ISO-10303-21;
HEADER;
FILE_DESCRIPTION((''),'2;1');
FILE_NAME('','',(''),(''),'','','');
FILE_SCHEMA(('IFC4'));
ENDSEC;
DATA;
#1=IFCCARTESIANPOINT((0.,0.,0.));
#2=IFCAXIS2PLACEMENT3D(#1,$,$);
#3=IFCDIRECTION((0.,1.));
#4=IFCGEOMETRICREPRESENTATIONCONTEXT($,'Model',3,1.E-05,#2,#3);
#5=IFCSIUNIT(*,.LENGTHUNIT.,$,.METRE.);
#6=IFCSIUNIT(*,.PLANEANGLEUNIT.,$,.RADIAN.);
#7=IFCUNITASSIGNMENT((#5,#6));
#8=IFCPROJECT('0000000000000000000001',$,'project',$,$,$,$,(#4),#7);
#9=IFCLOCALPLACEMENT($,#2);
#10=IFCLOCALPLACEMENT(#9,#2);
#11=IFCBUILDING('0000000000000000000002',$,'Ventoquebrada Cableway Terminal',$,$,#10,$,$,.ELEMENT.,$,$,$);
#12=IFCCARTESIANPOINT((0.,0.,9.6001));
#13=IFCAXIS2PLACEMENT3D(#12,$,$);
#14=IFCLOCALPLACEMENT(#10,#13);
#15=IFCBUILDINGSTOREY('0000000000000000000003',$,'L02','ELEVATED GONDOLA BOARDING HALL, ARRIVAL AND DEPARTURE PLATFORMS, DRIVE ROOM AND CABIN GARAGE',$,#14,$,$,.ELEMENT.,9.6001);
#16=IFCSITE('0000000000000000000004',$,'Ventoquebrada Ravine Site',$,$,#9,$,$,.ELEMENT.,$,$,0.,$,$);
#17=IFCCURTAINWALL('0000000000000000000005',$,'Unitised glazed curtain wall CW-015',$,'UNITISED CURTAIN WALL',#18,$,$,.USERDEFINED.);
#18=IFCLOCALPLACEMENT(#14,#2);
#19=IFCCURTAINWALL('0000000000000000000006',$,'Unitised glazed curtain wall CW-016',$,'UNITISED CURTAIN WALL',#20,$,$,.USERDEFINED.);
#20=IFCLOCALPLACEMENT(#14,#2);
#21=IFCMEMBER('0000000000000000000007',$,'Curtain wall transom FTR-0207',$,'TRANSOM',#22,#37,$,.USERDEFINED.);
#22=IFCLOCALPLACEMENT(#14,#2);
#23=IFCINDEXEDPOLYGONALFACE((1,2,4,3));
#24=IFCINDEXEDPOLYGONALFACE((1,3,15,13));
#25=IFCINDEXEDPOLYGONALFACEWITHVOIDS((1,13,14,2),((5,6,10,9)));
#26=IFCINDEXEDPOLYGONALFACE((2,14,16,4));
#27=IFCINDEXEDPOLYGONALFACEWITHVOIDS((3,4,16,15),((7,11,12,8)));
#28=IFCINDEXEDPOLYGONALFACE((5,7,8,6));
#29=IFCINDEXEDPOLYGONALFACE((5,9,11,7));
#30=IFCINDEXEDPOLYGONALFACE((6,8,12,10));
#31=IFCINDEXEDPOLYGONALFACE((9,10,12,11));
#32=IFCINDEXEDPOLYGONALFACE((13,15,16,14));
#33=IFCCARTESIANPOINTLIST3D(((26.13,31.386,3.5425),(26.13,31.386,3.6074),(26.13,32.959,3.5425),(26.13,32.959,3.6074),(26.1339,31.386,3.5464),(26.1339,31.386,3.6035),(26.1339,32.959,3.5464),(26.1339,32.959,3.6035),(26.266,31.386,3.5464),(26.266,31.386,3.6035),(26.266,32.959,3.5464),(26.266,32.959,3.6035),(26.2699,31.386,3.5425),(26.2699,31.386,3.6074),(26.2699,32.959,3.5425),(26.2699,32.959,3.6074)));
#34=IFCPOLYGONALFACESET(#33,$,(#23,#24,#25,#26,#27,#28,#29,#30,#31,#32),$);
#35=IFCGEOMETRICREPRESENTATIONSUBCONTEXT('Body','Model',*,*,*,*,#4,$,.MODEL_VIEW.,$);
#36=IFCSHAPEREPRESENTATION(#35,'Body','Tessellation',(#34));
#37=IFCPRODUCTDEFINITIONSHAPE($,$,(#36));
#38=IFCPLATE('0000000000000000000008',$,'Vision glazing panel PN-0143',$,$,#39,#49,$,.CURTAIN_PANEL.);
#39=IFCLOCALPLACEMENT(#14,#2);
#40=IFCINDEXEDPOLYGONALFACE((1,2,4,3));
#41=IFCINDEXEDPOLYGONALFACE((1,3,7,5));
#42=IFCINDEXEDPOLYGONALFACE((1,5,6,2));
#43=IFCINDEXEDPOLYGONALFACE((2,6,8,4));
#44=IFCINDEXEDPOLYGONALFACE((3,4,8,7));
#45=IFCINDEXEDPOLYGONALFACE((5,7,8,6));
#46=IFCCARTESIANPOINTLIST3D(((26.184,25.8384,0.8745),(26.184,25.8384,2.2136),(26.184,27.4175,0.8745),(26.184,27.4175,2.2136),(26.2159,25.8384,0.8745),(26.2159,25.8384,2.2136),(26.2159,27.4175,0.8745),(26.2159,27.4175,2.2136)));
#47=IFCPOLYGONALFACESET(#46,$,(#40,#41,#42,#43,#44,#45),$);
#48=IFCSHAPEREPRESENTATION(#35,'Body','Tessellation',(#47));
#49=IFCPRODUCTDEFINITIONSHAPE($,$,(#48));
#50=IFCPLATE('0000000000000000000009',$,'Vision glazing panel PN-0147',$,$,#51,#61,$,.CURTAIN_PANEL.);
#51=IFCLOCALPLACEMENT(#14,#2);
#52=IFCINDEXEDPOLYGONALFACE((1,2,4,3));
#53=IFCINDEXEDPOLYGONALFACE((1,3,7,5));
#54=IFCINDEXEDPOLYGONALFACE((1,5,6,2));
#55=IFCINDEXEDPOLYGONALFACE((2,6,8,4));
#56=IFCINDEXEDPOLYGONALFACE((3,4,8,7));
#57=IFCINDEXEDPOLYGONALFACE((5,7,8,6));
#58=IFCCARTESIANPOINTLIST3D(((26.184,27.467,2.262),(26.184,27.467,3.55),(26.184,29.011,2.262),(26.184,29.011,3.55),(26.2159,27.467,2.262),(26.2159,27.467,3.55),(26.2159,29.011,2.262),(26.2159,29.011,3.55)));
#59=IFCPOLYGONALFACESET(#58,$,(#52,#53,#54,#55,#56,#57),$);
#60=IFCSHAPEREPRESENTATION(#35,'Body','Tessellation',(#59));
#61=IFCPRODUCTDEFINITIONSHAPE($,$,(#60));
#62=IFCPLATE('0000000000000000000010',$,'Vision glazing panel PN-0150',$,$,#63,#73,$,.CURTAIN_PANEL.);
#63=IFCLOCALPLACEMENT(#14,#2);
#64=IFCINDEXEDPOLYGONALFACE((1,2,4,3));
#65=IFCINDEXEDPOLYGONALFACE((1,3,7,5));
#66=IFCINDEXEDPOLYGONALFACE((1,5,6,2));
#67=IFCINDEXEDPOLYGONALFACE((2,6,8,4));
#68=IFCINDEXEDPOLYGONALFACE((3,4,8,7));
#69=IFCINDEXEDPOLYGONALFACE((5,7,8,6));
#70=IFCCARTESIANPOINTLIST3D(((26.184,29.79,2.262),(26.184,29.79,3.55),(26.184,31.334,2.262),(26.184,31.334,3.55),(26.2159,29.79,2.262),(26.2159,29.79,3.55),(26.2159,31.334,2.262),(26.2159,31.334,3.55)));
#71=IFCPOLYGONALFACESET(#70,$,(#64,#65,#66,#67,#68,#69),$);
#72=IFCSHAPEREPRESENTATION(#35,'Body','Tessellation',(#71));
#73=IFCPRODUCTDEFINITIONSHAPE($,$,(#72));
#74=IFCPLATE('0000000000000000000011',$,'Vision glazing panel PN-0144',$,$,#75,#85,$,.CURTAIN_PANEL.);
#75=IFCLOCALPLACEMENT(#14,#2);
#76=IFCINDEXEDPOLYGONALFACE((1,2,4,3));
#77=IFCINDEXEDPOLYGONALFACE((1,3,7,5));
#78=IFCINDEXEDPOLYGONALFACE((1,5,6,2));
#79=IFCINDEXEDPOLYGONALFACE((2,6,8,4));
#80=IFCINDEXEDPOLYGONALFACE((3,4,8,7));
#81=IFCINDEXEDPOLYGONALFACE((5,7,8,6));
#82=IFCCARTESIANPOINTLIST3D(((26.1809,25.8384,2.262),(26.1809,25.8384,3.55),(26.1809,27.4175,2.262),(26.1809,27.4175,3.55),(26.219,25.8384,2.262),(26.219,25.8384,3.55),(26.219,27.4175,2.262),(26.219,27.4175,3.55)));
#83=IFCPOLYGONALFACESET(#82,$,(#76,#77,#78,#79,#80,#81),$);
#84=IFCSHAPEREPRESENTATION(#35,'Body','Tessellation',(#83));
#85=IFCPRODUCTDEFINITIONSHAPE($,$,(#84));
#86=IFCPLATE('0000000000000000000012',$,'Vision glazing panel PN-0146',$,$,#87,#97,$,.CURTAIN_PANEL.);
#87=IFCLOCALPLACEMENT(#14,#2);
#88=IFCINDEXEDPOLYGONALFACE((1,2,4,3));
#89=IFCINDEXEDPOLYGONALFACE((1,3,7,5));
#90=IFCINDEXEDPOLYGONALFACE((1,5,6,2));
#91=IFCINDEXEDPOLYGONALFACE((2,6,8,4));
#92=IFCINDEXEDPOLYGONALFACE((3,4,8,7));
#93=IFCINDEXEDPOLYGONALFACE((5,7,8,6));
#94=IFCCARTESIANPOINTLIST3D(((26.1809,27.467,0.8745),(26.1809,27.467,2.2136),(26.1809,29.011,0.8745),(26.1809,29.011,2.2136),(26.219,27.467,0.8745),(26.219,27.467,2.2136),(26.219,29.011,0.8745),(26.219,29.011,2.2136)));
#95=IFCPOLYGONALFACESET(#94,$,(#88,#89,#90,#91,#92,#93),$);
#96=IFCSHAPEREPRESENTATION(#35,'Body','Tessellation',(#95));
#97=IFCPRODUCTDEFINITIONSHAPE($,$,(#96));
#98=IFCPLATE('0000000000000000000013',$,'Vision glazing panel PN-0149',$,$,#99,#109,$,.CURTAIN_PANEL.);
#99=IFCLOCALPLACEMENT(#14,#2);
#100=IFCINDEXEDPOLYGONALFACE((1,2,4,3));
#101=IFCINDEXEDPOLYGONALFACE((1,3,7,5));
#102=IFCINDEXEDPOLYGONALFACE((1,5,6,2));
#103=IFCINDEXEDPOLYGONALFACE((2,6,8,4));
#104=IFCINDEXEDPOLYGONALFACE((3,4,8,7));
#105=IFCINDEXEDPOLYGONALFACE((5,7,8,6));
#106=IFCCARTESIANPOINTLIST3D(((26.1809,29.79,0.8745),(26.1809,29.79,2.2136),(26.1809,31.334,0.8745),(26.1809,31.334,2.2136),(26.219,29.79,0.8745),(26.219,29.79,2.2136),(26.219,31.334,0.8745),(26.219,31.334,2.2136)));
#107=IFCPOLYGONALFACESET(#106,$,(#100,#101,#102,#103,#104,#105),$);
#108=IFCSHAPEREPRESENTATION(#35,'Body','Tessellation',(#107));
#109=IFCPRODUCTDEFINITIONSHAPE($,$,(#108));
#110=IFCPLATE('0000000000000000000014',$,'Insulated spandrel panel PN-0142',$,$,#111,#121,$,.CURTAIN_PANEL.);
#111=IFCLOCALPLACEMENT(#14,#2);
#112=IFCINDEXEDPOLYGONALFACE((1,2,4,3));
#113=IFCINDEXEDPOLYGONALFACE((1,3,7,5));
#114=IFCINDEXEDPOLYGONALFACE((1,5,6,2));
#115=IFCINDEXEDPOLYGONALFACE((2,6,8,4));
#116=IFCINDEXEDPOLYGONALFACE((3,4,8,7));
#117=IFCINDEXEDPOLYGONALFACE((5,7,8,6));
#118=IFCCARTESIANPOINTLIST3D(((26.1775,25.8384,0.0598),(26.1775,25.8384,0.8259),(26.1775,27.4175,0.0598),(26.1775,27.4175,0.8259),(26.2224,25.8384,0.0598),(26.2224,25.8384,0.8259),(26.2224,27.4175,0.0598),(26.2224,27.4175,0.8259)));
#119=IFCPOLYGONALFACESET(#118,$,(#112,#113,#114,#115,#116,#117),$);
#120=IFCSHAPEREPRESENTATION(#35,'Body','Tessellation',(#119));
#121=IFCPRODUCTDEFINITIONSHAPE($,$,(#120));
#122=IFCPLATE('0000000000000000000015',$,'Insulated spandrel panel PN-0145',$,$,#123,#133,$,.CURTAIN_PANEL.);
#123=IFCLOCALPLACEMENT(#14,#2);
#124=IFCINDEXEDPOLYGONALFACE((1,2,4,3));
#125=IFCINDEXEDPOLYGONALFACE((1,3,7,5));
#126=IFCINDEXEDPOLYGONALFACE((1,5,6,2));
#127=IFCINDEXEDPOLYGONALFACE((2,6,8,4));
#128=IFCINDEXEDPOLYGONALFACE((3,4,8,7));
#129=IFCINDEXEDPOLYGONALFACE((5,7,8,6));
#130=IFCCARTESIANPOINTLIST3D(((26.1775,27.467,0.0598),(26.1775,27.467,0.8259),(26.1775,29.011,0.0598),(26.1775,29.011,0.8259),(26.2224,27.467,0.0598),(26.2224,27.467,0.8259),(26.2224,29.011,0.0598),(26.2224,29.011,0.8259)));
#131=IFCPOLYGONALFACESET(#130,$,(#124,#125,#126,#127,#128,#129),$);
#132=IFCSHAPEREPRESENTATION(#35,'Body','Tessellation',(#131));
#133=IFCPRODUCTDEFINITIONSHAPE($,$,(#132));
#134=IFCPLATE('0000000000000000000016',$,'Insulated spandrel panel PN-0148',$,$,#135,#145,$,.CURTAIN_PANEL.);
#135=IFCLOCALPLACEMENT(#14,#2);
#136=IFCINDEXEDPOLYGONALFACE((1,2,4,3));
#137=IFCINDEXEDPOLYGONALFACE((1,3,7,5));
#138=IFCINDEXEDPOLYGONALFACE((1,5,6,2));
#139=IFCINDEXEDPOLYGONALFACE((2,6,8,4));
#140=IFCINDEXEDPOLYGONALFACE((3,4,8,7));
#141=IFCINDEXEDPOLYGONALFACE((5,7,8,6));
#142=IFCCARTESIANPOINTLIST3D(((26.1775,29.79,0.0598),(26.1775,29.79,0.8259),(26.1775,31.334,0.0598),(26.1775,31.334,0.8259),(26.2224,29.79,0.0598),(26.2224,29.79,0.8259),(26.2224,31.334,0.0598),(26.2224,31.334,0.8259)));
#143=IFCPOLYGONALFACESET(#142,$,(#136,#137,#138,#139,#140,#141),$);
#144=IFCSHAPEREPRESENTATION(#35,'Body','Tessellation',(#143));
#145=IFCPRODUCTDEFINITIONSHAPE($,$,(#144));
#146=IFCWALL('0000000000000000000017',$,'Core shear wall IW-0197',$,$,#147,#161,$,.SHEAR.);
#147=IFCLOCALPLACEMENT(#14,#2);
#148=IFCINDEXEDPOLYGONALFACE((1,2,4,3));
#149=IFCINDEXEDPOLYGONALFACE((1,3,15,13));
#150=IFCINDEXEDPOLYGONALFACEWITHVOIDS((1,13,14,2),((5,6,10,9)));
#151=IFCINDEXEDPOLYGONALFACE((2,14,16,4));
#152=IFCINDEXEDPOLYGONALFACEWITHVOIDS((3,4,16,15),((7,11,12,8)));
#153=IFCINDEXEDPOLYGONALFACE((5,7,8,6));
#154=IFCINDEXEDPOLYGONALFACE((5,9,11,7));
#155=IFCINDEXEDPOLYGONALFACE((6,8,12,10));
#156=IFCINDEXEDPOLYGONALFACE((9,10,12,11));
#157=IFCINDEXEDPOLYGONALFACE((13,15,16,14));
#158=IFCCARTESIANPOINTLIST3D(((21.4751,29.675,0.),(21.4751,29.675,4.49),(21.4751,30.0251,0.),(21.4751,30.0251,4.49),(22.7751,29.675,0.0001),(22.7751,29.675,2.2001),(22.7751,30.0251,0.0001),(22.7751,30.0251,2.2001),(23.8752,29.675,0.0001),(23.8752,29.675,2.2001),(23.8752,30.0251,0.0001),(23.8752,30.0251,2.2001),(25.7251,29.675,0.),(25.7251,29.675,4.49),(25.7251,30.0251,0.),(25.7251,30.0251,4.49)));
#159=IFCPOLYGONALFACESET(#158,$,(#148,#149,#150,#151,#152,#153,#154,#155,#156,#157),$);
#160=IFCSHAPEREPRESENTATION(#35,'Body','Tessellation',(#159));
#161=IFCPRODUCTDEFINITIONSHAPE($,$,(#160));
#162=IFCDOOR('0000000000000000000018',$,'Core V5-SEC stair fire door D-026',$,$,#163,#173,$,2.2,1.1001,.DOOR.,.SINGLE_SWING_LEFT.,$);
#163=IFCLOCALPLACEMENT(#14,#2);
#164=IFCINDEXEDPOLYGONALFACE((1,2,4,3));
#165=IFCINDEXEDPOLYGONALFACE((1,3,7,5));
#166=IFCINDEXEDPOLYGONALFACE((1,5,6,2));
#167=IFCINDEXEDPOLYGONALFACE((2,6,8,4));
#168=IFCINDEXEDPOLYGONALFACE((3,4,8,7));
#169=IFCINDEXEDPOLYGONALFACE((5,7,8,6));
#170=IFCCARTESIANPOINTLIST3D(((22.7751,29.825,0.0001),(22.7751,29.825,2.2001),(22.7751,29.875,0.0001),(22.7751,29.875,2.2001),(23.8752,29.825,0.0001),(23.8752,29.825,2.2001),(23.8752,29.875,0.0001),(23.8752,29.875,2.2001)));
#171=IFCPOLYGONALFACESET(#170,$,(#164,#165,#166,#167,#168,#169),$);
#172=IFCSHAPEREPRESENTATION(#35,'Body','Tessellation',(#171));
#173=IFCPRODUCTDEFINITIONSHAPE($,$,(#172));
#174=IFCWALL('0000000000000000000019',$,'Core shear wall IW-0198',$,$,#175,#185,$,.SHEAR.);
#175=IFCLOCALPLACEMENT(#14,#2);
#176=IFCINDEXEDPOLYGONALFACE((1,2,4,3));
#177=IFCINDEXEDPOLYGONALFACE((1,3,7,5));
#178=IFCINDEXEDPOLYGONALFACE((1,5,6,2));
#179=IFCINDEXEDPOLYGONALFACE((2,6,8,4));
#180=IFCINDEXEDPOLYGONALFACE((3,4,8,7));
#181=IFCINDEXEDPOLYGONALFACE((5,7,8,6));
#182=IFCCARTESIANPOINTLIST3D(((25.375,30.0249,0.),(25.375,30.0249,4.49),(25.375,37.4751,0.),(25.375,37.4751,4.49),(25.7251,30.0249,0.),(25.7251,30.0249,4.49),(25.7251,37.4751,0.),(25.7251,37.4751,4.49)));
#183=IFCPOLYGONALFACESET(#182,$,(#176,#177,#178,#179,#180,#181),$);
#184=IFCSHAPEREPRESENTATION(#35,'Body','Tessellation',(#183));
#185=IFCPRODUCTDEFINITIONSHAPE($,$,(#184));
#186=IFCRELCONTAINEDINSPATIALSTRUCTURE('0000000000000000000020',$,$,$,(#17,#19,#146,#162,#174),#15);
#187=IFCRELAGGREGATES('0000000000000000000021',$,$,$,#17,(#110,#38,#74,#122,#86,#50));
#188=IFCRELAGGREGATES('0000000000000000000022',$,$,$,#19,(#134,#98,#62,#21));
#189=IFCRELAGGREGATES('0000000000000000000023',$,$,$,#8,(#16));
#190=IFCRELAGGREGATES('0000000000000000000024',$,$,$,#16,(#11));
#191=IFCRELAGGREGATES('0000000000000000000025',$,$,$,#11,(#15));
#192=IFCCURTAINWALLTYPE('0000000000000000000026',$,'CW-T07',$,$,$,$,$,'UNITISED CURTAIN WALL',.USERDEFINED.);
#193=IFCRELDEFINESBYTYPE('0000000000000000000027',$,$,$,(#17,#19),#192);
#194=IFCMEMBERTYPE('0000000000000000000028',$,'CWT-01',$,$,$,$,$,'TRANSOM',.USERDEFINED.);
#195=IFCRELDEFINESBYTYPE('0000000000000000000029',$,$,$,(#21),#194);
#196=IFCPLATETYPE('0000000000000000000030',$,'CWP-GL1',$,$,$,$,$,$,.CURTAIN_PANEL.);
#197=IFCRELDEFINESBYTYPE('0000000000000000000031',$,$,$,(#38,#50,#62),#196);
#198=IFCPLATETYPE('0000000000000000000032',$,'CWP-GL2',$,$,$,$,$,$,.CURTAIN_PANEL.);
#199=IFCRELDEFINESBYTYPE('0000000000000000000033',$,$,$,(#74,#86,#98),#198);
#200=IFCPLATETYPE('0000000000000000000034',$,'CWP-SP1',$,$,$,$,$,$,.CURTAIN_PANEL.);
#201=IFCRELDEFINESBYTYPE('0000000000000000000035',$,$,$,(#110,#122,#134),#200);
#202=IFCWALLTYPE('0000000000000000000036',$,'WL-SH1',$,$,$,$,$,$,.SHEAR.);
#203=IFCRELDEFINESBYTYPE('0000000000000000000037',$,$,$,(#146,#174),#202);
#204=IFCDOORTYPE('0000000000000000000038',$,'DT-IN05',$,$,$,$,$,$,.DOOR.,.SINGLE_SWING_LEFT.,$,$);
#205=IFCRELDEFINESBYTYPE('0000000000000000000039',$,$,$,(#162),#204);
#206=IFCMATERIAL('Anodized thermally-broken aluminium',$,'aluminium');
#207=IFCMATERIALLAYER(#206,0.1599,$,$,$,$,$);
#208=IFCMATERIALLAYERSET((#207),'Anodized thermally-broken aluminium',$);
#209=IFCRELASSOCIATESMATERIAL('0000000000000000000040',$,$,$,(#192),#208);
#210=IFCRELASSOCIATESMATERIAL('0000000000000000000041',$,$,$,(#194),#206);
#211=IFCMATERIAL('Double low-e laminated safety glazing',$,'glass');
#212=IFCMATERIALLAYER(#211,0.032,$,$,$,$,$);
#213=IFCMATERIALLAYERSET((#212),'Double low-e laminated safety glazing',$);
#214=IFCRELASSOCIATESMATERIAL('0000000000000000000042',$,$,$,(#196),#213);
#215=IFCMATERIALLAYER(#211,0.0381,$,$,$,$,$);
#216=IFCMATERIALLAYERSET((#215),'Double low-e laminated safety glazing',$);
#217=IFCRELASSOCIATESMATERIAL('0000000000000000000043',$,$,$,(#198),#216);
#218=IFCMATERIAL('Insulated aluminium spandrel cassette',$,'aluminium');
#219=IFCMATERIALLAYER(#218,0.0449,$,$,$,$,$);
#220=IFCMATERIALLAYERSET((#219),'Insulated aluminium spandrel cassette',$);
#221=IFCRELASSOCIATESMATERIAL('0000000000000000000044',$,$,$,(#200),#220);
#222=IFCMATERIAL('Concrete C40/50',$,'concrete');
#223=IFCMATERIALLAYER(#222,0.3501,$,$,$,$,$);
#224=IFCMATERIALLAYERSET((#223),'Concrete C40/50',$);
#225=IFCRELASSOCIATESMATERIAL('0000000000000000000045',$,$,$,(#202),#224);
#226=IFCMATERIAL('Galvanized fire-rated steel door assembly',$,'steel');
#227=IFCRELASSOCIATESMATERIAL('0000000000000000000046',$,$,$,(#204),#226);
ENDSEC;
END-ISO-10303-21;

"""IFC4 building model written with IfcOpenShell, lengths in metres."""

from ifc_helpers import new_model, si_unit, direction, frame, frame_2d, origin, origin_2d, place, context, subcontext, project, spatial, rectangle, hollow_rectangle, extrude, material, layer, layer_set, material_profile, profile_set, type_object, element, fill, aggregate, save


model = new_model("IFC4")

# Units and contexts
model_context = context("Model", 3, precision=1e-05, world=origin(), true_north=direction((0.0, 1.0)))
body_context = subcontext(model_context, "Body", "Model", "MODEL_VIEW")
ifc_project = project(units=[si_unit("LENGTHUNIT", "METRE"), si_unit("PLANEANGLEUNIT", "RADIAN")], contexts=[model_context])

# Site, building, storey
site_placement = place(None, origin())
site = spatial("IfcSite", under=ifc_project, at=site_placement, Name="Ventoquebrada Ravine Site", CompositionType="ELEMENT", RefElevation=0.0)
building_placement = place(site_placement, origin())
building = spatial("IfcBuilding", under=site, at=building_placement, Name="Ventoquebrada Cableway Terminal", CompositionType="ELEMENT")
storey_placement = place(building_placement, frame((0.0, 0.0, 9.6001)))
storey = spatial("IfcBuildingStorey", under=building, at=storey_placement, Name="L02", Description="ELEVATED GONDOLA BOARDING HALL, ARRIVAL AND DEPARTURE PLATFORMS, DRIVE ROOM AND CABIN GARAGE", CompositionType="ELEMENT", Elevation=9.6001)

# Shared definitions
ifc_material_1 = material(Name="Concrete C40/50", Category="concrete")

# Curtain walls
ifc_material_2 = material(Name="Anodized thermally-broken aluminium", Category="aluminium")
ifc_layer_1 = layer(ifc_material_2, 0.1599)
ifc_layer_set_1 = layer_set([ifc_layer_1], Name="Anodized thermally-broken aluminium")
curtain_wall_type = type_object("IfcCurtainWallType", Name="CW-T07", ElementType="UNITISED CURTAIN WALL", PredefinedType="USERDEFINED", material=ifc_layer_set_1)
curtain_wall_1_placement = place(storey_placement, origin())
curtain_wall_1 = element("IfcCurtainWall", 1, at=curtain_wall_1_placement, inside=storey, type_object=curtain_wall_type, Name="Unitised glazed curtain wall CW-015", ObjectType="UNITISED CURTAIN WALL", PredefinedType="USERDEFINED")
curtain_wall_2_placement = place(storey_placement, origin())
curtain_wall_2 = element("IfcCurtainWall", 2, at=curtain_wall_2_placement, inside=storey, type_object=curtain_wall_type, Name="Unitised glazed curtain wall CW-016", ObjectType="UNITISED CURTAIN WALL", PredefinedType="USERDEFINED")

# Member
ifc_material_profile_1 = material_profile(ifc_material_2, hollow_rectangle(XDim=0.0649, YDim=0.1399, WallThickness=0.0039, at=origin_2d()), Name="CW-TRN-65X140")
ifc_profile_set_1 = profile_set([ifc_material_profile_1], Name="Anodized thermally-broken aluminium")
member_type_1 = type_object("IfcMemberType", Name="CWT-01", ElementType="TRANSOM", PredefinedType="USERDEFINED", material=ifc_profile_set_1)
member_1_placement = place(storey_placement, frame((26.2, 31.386, 3.575), z_axis=(0.0, 1.0, 0.0), x_axis=(0.0, 0.0, 1.0)))
member_1 = element("IfcMember", 3, at=member_1_placement, type_object=member_type_1, Name="Curtain wall transom FTR-0207", ObjectType="TRANSOM", PredefinedType="USERDEFINED", context=body_context, shape_type="SweptSolid", body=[
    extrude(hollow_rectangle(XDim=0.0649, YDim=0.1399, WallThickness=0.0039, at=origin_2d()), origin(), (0.0, 0.0, 1.0), 1.573),
])

# Plates
ifc_material_3 = material(Name="Double low-e laminated safety glazing", Category="glass")
ifc_layer_2 = layer(ifc_material_3, 0.032)
ifc_layer_set_2 = layer_set([ifc_layer_2], Name="Double low-e laminated safety glazing")
plate_type_1 = type_object("IfcPlateType", Name="CWP-GL1", PredefinedType="CURTAIN_PANEL", material=ifc_layer_set_2)
plate_1_placement = place(storey_placement, frame((26.2, 26.6279, 0.8745), z_axis=(0.0, 0.0, 1.0), x_axis=(0.0, 1.0, 0.0)))
plate_1 = element("IfcPlate", 4, at=plate_1_placement, type_object=plate_type_1, Name="Vision glazing panel PN-0143", PredefinedType="CURTAIN_PANEL", context=body_context, shape_type="SweptSolid", body=[
    extrude(rectangle(XDim=1.5791, YDim=0.032, at=origin_2d()), origin(), (0.0, 0.0, 1.0), 1.3391),
])
plate_2_placement = place(storey_placement, frame((26.2, 28.239, 2.262), z_axis=(0.0, 0.0, 1.0), x_axis=(0.0, 1.0, 0.0)))
plate_2 = element("IfcPlate", 5, at=plate_2_placement, type_object=plate_type_1, Name="Vision glazing panel PN-0147", PredefinedType="CURTAIN_PANEL", context=body_context, shape_type="SweptSolid", body=[
    extrude(rectangle(XDim=1.5439, YDim=0.032, at=origin_2d()), origin(), (0.0, 0.0, 1.0), 1.2881),
])
plate_3_placement = place(storey_placement, frame((26.2, 30.562, 2.262), z_axis=(0.0, 0.0, 1.0), x_axis=(0.0, 1.0, 0.0)))
plate_3 = element("IfcPlate", 6, at=plate_3_placement, type_object=plate_type_1, Name="Vision glazing panel PN-0150", PredefinedType="CURTAIN_PANEL", context=body_context, shape_type="SweptSolid", body=[
    extrude(rectangle(XDim=1.5439, YDim=0.032, at=origin_2d()), origin(), (0.0, 0.0, 1.0), 1.2881),
])
ifc_layer_3 = layer(ifc_material_3, 0.0381)
ifc_layer_set_3 = layer_set([ifc_layer_3], Name="Double low-e laminated safety glazing")
plate_type_2 = type_object("IfcPlateType", Name="CWP-GL2", PredefinedType="CURTAIN_PANEL", material=ifc_layer_set_3)
plate_4_placement = place(storey_placement, frame((26.2, 26.6279, 2.262), z_axis=(0.0, 0.0, 1.0), x_axis=(0.0, 1.0, 0.0)))
plate_4 = element("IfcPlate", 7, at=plate_4_placement, type_object=plate_type_2, Name="Vision glazing panel PN-0144", PredefinedType="CURTAIN_PANEL", context=body_context, shape_type="SweptSolid", body=[
    extrude(rectangle(XDim=1.5791, YDim=0.0381, at=origin_2d()), origin(), (0.0, 0.0, 1.0), 1.2881),
])
plate_5_placement = place(storey_placement, frame((26.2, 28.239, 0.8745), z_axis=(0.0, 0.0, 1.0), x_axis=(0.0, 1.0, 0.0)))
plate_5 = element("IfcPlate", 8, at=plate_5_placement, type_object=plate_type_2, Name="Vision glazing panel PN-0146", PredefinedType="CURTAIN_PANEL", context=body_context, shape_type="SweptSolid", body=[
    extrude(rectangle(XDim=1.5439, YDim=0.0381, at=origin_2d()), origin(), (0.0, 0.0, 1.0), 1.3391),
])
plate_6_placement = place(storey_placement, frame((26.2, 30.562, 0.8745), z_axis=(0.0, 0.0, 1.0), x_axis=(0.0, 1.0, 0.0)))
plate_6 = element("IfcPlate", 9, at=plate_6_placement, type_object=plate_type_2, Name="Vision glazing panel PN-0149", PredefinedType="CURTAIN_PANEL", context=body_context, shape_type="SweptSolid", body=[
    extrude(rectangle(XDim=1.5439, YDim=0.0381, at=origin_2d()), origin(), (0.0, 0.0, 1.0), 1.3391),
])
ifc_material_4 = material(Name="Insulated aluminium spandrel cassette", Category="aluminium")
ifc_layer_4 = layer(ifc_material_4, 0.0449)
ifc_layer_set_4 = layer_set([ifc_layer_4], Name="Insulated aluminium spandrel cassette")
plate_type_3 = type_object("IfcPlateType", Name="CWP-SP1", PredefinedType="CURTAIN_PANEL", material=ifc_layer_set_4)
plate_7_placement = place(storey_placement, frame((26.2, 26.6279, 0.0598), z_axis=(0.0, 0.0, 1.0), x_axis=(0.0, 1.0, 0.0)))
plate_7 = element("IfcPlate", 10, at=plate_7_placement, type_object=plate_type_3, Name="Insulated spandrel panel PN-0142", PredefinedType="CURTAIN_PANEL", context=body_context, shape_type="SweptSolid", body=[
    extrude(rectangle(XDim=1.5791, YDim=0.0449, at=origin_2d()), origin(), (0.0, 0.0, 1.0), 0.7661),
])
plate_8_placement = place(storey_placement, frame((26.2, 28.239, 0.0598), z_axis=(0.0, 0.0, 1.0), x_axis=(0.0, 1.0, 0.0)))
plate_8 = element("IfcPlate", 11, at=plate_8_placement, type_object=plate_type_3, Name="Insulated spandrel panel PN-0145", PredefinedType="CURTAIN_PANEL", context=body_context, shape_type="SweptSolid", body=[
    extrude(rectangle(XDim=1.5439, YDim=0.0449, at=origin_2d()), origin(), (0.0, 0.0, 1.0), 0.7661),
])
aggregate(curtain_wall_1, [plate_7, plate_1, plate_4, plate_8, plate_5, plate_2])
plate_9_placement = place(storey_placement, frame((26.2, 30.562, 0.0598), z_axis=(0.0, 0.0, 1.0), x_axis=(0.0, 1.0, 0.0)))
plate_9 = element("IfcPlate", 12, at=plate_9_placement, type_object=plate_type_3, Name="Insulated spandrel panel PN-0148", PredefinedType="CURTAIN_PANEL", context=body_context, shape_type="SweptSolid", body=[
    extrude(rectangle(XDim=1.5439, YDim=0.0449, at=origin_2d()), origin(), (0.0, 0.0, 1.0), 0.7661),
])
aggregate(curtain_wall_2, [plate_9, plate_6, plate_3, member_1])

# Wall, opening, door
ifc_layer_5 = layer(ifc_material_1, 0.3501)
ifc_layer_set_5 = layer_set([ifc_layer_5], Name="Concrete C40/50")
wall_type = type_object("IfcWallType", Name="WL-SH1", PredefinedType="SHEAR", material=ifc_layer_set_5)
wall_1_placement = place(storey_placement, frame((21.4751, 29.8501, 0.0), z_axis=(0.0, 0.0, 1.0), x_axis=(1.0, 0.0, 0.0)))
wall_1 = element("IfcWall", 13, at=wall_1_placement, inside=storey, type_object=wall_type, Name="Core shear wall IW-0197", PredefinedType="SHEAR", context=body_context, shape_type="SweptSolid", body=[
    extrude(rectangle(XDim=4.25, YDim=0.3501, at=frame_2d((2.125, 0.0))), origin(), (0.0, 0.0, 1.0), 4.49),
])
opening_placement = place(wall_1_placement, frame((1.3, 0.0, 0.0)))
opening = element("IfcOpeningElement", 14, at=opening_placement, cuts=wall_1, PredefinedType="OPENING", context=body_context, shape_type="SweptSolid", body=[
    extrude(rectangle(XDim=1.1001, YDim=2.2, at=frame_2d((0.55, 1.1001))), frame((0.0, 0.1851, 0.0), z_axis=(0.0, -1.0, 0.0), x_axis=(1.0, 0.0, 0.0)), (0.0, 0.0, 1.0), 0.3701),
])
ifc_material_5 = material(Name="Galvanized fire-rated steel door assembly", Category="steel")
door_type = type_object("IfcDoorType", Name="DT-IN05", OperationType="SINGLE_SWING_LEFT", PredefinedType="DOOR", material=ifc_material_5)
door_placement = place(opening_placement, origin())
door = element("IfcDoor", 15, at=door_placement, inside=storey, type_object=door_type, Name="Core V5-SEC stair fire door D-026", OperationType="SINGLE_SWING_LEFT", OverallHeight=2.2, OverallWidth=1.1001, PredefinedType="DOOR", context=body_context, shape_type="SweptSolid", body=[
    extrude(rectangle(XDim=1.1001, YDim=2.2, at=frame_2d((0.55, 1.1001))), frame((0.0, 0.0249, 0.0), z_axis=(0.0, -1.0, 0.0), x_axis=(1.0, 0.0, 0.0)), (0.0, 0.0, 1.0), 0.05),
])
fill(opening, door)

# Wall
wall_2_placement = place(storey_placement, frame((25.55, 30.0249, 0.0), z_axis=(0.0, 0.0, 1.0), x_axis=(0.0, 1.0, 0.0)))
element("IfcWall", 16, at=wall_2_placement, inside=storey, type_object=wall_type, Name="Core shear wall IW-0198", PredefinedType="SHEAR", context=body_context, shape_type="SweptSolid", body=[
    extrude(rectangle(XDim=7.4502, YDim=0.3501, at=frame_2d((3.7251, 0.0))), origin(), (0.0, 0.0, 1.0), 4.49),
])

save(model, "model.ifc")
